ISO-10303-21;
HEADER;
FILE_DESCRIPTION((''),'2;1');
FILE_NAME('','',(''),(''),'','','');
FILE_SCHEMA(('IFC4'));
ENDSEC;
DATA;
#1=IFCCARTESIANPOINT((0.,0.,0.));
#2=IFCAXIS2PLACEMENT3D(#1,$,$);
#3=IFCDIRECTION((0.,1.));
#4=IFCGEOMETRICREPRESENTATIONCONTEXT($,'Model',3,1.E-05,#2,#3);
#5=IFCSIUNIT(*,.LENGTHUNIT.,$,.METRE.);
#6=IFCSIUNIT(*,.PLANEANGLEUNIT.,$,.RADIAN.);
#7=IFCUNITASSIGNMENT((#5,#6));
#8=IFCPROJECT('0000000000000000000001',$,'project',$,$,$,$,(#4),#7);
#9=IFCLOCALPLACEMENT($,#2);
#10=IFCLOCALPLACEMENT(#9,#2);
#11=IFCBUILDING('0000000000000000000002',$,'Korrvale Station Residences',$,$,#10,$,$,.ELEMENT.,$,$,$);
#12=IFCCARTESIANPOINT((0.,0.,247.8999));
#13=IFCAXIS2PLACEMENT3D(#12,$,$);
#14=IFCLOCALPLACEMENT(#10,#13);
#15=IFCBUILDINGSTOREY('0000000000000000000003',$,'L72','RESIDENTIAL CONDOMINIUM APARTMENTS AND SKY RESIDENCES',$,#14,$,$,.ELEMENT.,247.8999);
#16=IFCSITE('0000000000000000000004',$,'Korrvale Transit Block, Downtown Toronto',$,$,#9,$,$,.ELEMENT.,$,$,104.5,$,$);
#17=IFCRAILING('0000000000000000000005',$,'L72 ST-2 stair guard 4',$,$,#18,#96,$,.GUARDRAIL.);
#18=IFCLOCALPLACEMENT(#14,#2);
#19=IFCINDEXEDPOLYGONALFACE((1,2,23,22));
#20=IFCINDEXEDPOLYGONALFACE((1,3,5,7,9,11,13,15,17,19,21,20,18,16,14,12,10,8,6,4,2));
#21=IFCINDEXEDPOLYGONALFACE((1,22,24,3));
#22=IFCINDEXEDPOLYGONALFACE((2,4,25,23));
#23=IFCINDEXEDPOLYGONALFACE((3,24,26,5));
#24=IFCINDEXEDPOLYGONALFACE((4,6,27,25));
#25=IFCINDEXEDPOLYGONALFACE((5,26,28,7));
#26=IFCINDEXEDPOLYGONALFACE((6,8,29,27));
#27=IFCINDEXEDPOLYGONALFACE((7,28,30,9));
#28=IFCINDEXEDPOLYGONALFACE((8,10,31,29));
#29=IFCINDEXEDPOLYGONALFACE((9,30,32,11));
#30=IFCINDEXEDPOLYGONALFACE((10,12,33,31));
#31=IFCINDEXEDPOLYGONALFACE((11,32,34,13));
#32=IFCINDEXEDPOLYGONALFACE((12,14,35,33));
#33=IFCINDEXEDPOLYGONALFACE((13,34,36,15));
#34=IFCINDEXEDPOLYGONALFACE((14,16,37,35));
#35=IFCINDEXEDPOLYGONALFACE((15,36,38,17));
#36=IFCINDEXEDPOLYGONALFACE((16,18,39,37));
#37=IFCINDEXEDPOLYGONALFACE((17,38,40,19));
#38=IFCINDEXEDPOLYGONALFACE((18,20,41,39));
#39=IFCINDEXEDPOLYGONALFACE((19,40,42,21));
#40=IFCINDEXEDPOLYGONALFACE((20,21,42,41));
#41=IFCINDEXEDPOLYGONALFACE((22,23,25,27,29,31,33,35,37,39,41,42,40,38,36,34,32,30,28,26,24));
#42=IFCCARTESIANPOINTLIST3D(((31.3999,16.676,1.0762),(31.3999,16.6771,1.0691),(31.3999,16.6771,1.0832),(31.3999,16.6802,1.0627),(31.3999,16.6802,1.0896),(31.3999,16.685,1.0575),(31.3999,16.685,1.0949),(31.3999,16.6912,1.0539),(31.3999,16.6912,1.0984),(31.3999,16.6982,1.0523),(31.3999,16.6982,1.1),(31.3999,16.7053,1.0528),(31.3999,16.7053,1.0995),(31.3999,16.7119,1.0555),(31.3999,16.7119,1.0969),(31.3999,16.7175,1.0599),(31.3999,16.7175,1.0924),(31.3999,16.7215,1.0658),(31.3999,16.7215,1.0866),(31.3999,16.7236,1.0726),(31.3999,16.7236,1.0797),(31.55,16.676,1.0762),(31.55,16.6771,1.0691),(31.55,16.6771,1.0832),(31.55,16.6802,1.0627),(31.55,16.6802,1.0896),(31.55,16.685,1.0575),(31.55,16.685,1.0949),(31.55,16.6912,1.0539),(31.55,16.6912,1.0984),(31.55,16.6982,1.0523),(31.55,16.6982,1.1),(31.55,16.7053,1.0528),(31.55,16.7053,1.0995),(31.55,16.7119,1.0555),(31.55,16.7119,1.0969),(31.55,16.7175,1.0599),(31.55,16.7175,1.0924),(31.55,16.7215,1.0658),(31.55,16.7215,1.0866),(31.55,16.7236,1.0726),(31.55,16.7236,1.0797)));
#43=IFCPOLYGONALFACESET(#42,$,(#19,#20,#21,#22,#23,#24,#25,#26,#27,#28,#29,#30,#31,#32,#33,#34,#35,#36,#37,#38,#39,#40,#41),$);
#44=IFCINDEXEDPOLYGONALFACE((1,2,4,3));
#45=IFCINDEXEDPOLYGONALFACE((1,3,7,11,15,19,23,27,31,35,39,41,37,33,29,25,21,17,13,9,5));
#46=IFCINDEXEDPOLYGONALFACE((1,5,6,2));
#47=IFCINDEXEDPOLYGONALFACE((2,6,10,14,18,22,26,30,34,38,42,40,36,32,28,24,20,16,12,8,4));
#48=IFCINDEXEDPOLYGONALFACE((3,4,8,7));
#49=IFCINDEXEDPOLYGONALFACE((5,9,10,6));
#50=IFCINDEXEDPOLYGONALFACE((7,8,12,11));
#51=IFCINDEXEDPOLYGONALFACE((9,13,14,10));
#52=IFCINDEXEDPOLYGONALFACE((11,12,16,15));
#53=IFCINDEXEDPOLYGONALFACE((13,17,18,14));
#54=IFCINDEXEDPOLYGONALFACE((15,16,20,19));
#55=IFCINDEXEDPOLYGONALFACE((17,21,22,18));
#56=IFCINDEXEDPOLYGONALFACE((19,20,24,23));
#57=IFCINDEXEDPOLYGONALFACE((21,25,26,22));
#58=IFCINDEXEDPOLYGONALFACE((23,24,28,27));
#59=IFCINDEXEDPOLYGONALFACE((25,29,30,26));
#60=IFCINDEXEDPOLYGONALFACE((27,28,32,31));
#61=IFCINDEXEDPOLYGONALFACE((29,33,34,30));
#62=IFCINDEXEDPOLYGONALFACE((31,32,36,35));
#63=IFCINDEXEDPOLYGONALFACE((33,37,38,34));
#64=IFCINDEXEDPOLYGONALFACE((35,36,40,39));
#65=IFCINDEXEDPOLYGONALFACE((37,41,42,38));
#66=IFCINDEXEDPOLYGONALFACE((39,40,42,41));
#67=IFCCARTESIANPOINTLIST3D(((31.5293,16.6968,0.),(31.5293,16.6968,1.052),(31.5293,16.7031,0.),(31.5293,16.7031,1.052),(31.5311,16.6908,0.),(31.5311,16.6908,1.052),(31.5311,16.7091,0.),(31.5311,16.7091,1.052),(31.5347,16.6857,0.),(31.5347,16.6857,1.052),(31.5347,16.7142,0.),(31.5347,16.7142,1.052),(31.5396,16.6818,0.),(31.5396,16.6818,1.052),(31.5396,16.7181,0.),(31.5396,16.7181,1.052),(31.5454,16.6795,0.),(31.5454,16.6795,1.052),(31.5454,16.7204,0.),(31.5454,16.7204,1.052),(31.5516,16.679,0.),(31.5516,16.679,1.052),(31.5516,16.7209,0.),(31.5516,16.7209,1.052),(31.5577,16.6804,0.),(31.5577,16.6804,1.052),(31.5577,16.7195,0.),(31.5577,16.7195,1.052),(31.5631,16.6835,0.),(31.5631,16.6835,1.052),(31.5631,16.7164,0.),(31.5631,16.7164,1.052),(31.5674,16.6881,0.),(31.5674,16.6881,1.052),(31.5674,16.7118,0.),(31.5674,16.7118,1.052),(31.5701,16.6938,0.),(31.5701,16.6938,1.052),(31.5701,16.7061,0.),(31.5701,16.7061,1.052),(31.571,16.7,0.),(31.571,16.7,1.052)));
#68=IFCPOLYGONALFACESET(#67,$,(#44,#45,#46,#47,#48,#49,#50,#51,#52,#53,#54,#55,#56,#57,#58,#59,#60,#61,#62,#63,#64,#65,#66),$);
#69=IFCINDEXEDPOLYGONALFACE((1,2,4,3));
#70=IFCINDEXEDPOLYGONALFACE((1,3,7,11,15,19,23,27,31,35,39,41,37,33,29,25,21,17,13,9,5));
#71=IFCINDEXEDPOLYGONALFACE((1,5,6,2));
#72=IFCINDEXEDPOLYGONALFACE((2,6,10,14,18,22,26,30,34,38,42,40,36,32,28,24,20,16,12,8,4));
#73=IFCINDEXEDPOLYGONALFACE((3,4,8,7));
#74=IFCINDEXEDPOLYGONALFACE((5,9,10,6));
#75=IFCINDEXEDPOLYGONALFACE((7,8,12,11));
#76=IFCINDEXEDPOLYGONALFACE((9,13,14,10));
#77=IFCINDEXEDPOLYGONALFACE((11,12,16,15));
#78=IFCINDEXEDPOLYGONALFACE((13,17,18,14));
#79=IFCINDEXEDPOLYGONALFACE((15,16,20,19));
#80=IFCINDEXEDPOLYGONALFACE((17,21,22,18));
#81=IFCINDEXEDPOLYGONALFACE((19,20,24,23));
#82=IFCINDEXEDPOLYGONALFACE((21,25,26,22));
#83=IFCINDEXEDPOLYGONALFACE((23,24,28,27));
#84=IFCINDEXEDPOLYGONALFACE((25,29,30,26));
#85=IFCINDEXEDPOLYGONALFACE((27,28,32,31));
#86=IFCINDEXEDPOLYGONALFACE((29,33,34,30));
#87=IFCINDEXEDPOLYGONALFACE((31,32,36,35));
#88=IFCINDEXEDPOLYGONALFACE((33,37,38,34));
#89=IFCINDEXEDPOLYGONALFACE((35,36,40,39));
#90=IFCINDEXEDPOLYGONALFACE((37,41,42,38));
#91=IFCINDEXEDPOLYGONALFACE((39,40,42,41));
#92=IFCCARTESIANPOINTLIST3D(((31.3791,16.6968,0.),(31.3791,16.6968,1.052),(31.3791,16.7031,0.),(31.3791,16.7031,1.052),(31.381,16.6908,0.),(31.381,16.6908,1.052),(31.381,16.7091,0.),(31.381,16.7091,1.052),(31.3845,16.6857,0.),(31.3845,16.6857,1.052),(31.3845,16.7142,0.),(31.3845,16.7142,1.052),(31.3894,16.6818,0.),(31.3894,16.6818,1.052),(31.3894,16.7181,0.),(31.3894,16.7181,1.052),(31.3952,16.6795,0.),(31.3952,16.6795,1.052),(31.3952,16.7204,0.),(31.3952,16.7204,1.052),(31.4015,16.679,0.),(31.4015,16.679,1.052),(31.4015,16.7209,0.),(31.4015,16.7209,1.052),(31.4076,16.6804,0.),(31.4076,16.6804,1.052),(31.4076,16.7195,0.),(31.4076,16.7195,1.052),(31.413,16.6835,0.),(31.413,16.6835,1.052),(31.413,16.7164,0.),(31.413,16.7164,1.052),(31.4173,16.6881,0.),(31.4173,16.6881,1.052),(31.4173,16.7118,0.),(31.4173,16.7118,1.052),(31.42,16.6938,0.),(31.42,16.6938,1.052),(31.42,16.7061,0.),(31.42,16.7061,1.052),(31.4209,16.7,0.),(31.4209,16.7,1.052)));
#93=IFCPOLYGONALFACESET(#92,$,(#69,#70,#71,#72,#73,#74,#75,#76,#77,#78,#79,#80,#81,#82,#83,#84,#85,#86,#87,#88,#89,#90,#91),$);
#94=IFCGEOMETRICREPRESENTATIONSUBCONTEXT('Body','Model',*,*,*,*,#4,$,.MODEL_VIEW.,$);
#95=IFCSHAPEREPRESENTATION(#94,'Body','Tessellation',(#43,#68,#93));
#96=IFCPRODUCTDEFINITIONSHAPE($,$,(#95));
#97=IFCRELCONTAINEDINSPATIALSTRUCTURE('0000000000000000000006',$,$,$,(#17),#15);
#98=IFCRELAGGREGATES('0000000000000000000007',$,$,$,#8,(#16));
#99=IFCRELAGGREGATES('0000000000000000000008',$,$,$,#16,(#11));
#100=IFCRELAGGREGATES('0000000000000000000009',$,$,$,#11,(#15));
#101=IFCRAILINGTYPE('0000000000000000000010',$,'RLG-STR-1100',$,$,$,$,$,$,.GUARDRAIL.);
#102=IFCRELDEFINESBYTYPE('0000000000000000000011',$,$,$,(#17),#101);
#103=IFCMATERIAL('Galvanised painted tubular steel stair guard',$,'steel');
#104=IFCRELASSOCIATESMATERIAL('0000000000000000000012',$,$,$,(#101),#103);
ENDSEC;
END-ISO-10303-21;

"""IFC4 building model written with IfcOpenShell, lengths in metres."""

from ifc_helpers import new_model, si_unit, direction, frame, origin, origin_2d, place, context, subcontext, project, spatial, circle, extrude, material, type_object, element, save


model = new_model("IFC4")

# Units and contexts
model_context = context("Model", 3, precision=1e-05, world=origin(), true_north=direction((0.0, 1.0)))
body_context = subcontext(model_context, "Body", "Model", "MODEL_VIEW")
ifc_project = project(units=[si_unit("LENGTHUNIT", "METRE"), si_unit("PLANEANGLEUNIT", "RADIAN")], contexts=[model_context])

# Site, building, storey
site_placement = place(None, origin())
site = spatial("IfcSite", under=ifc_project, at=site_placement, Name="Korrvale Transit Block, Downtown Toronto", CompositionType="ELEMENT", RefElevation=104.5)
building_placement = place(site_placement, origin())
building = spatial("IfcBuilding", under=site, at=building_placement, Name="Korrvale Station Residences", CompositionType="ELEMENT")
storey_placement = place(building_placement, frame((0.0, 0.0, 247.8999)))
storey = spatial("IfcBuildingStorey", under=building, at=storey_placement, Name="L72", Description="RESIDENTIAL CONDOMINIUM APARTMENTS AND SKY RESIDENCES", CompositionType="ELEMENT", Elevation=247.8999)

# Railing
ifc_material_1 = material(Name="Galvanised painted tubular steel stair guard", Category="steel")
railing_type_1 = type_object("IfcRailingType", Name="RLG-STR-1100", PredefinedType="GUARDRAIL", material=ifc_material_1)
railing_1_placement = place(storey_placement, frame((31.55, 16.7, 0.0)))
element("IfcRailing", 1, at=railing_1_placement, inside=storey, type_object=railing_type_1, Name="L72 ST-2 stair guard 4", PredefinedType="GUARDRAIL", context=body_context, shape_type="SweptSolid", body=[
    extrude(circle(Radius=0.0239, at=origin_2d()), frame((0.0, 0.0, 1.0762), z_axis=(-1.0, 0.0, 0.0), x_axis=(0.0, -1.0, 0.0)), (0.0, 0.0, 1.0), 0.1501),
    extrude(circle(Radius=0.021, at=origin_2d()), origin(), (0.0, 0.0, 1.0), 1.052),
    extrude(circle(Radius=0.021, at=origin_2d()), frame((-0.1501, 0.0, 0.0)), (0.0, 0.0, 1.0), 1.052),
])

save(model, "model.ifc")
